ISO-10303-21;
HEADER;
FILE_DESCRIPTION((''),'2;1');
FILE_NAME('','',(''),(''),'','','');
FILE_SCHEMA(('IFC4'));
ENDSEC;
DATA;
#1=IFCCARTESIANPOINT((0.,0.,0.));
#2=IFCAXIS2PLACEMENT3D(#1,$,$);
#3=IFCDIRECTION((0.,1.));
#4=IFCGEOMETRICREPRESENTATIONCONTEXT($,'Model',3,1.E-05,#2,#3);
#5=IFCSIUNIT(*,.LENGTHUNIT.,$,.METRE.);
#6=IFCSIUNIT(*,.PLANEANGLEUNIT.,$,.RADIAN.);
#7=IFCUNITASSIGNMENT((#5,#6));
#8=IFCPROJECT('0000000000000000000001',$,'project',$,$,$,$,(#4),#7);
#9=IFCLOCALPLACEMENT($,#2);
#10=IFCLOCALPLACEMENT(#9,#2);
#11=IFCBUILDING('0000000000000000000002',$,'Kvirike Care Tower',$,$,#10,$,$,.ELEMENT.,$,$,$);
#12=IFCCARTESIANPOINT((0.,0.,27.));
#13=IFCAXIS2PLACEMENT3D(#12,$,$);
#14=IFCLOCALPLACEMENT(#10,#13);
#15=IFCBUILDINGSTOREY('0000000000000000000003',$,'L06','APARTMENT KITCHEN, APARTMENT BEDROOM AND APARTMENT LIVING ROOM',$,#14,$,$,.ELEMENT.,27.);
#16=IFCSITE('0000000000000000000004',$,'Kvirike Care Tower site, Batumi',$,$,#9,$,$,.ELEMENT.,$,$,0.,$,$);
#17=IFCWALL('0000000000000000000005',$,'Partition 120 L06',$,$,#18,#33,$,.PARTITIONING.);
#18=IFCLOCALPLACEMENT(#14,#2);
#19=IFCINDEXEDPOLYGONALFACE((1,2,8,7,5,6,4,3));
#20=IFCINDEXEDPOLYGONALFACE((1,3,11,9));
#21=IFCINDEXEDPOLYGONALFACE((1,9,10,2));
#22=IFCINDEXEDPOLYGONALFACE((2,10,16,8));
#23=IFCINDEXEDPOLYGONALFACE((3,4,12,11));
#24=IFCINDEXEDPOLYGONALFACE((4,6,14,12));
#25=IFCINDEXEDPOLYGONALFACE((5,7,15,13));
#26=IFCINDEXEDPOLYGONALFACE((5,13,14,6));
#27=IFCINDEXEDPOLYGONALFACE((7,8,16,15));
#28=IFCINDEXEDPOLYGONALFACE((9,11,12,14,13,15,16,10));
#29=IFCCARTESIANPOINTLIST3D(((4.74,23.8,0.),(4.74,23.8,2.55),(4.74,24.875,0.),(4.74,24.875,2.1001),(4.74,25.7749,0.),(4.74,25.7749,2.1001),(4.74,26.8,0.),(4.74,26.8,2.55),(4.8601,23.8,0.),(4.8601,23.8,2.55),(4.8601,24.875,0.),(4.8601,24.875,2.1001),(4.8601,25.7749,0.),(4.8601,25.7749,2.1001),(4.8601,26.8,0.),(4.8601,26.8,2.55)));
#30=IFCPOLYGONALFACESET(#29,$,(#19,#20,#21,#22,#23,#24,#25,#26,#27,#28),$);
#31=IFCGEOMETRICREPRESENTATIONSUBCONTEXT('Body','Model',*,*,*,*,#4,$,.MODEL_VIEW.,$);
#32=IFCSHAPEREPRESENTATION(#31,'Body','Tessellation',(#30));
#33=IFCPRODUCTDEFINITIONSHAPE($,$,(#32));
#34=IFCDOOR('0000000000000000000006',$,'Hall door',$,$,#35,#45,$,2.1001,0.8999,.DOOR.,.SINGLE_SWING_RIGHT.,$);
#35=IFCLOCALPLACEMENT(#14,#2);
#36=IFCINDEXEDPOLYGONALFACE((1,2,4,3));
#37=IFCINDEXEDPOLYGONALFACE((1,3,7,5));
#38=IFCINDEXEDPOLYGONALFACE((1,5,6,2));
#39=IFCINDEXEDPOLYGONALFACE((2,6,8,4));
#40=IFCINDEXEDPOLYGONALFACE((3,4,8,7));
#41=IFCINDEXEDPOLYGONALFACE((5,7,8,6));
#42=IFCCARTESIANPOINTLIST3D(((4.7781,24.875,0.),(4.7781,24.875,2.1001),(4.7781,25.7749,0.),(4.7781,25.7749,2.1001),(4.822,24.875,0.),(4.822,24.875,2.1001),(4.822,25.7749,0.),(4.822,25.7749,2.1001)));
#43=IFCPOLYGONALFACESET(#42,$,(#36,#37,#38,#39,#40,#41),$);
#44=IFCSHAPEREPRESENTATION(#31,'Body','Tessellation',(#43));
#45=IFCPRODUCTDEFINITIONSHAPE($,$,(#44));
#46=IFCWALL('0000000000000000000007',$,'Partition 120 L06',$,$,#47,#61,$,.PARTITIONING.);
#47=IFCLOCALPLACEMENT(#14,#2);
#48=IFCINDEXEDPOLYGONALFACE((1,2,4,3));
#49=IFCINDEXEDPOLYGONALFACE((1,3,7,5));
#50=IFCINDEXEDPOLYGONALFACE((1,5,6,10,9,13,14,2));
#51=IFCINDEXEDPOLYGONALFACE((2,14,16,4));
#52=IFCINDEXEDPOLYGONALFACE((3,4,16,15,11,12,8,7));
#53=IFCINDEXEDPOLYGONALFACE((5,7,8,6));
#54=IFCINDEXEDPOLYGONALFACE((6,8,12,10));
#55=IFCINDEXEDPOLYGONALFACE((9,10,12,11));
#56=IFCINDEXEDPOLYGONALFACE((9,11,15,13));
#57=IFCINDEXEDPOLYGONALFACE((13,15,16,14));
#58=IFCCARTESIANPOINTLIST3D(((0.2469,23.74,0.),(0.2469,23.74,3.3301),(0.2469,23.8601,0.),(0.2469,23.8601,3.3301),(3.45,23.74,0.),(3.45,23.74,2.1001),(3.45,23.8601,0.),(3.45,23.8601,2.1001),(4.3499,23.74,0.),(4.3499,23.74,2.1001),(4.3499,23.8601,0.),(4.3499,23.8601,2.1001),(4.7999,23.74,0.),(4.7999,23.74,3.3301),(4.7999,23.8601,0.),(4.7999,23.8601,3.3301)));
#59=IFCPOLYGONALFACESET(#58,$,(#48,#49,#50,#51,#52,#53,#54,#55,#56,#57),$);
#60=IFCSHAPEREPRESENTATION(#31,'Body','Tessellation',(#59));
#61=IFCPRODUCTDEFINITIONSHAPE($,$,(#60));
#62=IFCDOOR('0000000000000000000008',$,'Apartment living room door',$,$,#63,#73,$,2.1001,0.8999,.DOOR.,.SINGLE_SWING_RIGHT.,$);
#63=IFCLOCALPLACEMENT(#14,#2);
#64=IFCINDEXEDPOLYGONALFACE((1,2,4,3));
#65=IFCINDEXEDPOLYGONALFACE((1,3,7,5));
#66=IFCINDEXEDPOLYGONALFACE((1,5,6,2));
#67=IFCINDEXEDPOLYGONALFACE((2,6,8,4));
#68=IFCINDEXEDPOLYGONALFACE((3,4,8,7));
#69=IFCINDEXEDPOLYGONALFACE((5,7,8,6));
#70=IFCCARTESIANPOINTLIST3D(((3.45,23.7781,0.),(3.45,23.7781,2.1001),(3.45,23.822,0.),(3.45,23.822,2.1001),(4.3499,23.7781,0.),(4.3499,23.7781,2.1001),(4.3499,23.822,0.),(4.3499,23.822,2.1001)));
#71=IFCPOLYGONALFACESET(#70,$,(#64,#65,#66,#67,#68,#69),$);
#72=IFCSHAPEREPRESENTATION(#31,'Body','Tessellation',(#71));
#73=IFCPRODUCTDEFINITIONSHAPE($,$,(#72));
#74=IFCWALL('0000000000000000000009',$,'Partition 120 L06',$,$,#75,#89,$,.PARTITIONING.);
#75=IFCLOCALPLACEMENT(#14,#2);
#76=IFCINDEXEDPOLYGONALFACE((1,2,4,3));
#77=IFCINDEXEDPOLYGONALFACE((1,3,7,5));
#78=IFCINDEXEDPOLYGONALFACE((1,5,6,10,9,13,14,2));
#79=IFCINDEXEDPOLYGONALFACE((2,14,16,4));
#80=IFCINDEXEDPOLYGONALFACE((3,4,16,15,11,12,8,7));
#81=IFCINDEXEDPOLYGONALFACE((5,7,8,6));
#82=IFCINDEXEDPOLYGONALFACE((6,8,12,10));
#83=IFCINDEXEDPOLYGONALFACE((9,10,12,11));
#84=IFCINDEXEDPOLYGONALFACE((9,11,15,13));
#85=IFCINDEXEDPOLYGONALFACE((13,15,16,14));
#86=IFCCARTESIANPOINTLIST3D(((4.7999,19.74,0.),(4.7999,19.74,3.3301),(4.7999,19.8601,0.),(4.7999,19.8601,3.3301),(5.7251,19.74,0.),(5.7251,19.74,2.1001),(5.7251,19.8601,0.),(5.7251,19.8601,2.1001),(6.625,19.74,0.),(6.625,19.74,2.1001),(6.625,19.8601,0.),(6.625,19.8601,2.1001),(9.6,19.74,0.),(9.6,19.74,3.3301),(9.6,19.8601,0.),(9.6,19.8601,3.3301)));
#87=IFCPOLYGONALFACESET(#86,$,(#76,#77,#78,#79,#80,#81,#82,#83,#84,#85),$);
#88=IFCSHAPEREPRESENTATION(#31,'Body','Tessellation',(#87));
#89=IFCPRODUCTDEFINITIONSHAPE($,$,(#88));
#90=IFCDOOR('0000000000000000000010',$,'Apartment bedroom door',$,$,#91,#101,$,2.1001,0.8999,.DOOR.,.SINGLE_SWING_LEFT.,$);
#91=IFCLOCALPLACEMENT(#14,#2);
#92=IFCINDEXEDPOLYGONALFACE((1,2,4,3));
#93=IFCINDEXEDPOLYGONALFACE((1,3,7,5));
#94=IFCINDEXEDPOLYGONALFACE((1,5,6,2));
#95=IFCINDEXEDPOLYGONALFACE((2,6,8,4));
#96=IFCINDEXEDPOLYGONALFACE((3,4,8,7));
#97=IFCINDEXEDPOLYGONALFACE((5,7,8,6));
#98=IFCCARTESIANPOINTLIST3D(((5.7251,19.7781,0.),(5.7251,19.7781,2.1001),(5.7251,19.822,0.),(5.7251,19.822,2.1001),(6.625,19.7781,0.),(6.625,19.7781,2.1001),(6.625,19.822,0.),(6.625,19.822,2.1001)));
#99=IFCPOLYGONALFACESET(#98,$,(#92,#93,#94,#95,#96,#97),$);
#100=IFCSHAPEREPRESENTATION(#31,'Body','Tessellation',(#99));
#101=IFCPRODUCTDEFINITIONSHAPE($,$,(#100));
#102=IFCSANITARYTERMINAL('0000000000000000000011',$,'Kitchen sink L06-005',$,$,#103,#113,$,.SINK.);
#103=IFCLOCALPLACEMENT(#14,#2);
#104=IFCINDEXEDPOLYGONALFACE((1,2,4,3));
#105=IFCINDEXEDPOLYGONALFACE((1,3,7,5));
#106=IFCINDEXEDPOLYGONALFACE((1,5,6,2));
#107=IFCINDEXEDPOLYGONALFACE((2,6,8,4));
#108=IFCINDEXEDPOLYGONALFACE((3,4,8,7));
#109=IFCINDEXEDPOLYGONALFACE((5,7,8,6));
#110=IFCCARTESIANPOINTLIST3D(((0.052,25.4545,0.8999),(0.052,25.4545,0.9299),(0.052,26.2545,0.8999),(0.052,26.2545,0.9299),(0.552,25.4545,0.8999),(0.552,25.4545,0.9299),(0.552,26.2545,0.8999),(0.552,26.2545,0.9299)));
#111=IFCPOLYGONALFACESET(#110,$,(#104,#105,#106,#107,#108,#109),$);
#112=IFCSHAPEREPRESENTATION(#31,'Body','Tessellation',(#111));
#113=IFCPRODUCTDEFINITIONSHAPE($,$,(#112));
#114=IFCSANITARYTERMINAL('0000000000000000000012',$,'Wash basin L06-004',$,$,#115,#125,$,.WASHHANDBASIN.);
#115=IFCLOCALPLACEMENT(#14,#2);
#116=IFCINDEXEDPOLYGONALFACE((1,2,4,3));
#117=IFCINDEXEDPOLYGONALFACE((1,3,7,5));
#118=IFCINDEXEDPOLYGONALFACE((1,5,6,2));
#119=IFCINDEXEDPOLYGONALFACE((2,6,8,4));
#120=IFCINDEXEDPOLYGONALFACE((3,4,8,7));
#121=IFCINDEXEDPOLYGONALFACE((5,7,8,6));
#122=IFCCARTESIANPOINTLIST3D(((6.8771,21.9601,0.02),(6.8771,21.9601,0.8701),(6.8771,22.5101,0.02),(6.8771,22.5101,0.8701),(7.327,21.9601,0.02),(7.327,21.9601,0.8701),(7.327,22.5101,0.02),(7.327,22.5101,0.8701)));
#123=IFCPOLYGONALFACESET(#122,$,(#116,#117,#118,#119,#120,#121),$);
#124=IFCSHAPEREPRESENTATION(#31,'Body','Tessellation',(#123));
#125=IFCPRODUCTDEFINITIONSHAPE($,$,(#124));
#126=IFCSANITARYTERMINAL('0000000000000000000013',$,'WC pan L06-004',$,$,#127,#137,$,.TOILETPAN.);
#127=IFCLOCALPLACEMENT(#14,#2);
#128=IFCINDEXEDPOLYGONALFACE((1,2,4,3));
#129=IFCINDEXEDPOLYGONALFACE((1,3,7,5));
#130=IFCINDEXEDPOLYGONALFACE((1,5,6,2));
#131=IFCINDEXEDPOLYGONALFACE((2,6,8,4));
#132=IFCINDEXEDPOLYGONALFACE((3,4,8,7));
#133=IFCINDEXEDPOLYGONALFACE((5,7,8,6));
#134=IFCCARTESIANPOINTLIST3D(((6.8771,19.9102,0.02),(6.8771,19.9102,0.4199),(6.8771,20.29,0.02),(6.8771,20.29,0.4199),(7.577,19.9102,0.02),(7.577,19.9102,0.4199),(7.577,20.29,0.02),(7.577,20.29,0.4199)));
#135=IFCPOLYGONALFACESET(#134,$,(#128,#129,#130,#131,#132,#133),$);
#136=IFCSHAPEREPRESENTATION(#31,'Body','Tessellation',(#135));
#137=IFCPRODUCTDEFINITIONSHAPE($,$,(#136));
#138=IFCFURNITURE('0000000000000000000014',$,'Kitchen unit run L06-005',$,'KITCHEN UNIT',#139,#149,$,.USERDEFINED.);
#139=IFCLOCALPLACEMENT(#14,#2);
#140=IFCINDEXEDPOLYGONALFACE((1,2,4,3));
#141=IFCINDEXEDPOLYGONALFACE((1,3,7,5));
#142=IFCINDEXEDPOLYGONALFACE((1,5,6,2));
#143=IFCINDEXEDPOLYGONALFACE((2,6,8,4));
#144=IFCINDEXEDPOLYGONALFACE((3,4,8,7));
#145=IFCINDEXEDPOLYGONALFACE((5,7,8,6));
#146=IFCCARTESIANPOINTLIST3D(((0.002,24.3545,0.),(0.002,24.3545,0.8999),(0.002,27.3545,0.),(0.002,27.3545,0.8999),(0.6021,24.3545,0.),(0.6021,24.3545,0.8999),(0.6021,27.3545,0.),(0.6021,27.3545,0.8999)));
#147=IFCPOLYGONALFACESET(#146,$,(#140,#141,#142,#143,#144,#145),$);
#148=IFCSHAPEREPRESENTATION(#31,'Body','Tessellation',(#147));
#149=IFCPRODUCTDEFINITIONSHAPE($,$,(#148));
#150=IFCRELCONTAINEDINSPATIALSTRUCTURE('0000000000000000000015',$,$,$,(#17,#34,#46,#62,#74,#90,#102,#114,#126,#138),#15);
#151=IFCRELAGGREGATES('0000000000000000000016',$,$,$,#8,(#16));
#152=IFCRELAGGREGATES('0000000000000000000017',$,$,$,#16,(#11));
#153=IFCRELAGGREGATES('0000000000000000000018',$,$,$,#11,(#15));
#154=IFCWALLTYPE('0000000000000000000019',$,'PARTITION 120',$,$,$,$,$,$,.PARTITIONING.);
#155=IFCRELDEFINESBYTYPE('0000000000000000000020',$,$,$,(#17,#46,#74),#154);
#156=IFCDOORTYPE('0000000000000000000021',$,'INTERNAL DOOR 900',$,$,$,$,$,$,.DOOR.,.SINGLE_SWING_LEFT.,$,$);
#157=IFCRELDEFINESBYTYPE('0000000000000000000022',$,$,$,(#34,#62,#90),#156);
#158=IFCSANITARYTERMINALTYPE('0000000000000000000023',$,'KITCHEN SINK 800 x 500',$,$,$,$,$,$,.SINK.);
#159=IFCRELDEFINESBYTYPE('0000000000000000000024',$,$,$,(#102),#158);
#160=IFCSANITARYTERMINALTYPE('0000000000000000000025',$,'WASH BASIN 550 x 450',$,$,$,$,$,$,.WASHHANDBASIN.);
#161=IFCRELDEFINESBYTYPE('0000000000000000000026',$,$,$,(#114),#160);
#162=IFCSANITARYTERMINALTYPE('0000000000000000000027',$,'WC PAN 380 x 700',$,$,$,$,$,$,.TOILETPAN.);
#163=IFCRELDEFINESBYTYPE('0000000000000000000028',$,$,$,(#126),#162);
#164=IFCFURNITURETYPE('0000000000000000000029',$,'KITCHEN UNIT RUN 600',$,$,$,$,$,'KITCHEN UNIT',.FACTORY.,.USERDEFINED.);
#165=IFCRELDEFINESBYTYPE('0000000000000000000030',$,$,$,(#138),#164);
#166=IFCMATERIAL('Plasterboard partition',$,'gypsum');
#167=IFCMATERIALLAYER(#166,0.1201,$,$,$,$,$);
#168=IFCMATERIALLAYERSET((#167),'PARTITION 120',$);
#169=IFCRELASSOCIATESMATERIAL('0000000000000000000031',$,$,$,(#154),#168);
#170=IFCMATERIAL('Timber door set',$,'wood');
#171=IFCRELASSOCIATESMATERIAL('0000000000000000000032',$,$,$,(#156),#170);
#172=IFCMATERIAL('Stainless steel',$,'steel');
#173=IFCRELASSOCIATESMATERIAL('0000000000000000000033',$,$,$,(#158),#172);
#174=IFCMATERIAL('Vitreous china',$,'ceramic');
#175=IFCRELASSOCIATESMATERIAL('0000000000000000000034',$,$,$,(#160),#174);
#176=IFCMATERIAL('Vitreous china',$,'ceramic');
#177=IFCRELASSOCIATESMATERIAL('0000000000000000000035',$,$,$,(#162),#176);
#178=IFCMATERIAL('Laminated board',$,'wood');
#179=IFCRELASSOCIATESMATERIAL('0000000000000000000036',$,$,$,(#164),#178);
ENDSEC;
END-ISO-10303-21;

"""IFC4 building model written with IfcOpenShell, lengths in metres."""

from ifc_helpers import new_model, si_unit, direction, frame, frame_2d, origin, origin_2d, place, context, subcontext, project, spatial, rectangle, extrude, material, layer, layer_set, type_object, element, fill, save


model = new_model("IFC4")

# Units and contexts
model_context = context("Model", 3, precision=1e-05, world=origin(), true_north=direction((0.0, 1.0)))
body_context = subcontext(model_context, "Body", "Model", "MODEL_VIEW")
ifc_project = project(units=[si_unit("LENGTHUNIT", "METRE"), si_unit("PLANEANGLEUNIT", "RADIAN")], contexts=[model_context])

# Site, building, storey
site_placement = place(None, origin())
site = spatial("IfcSite", under=ifc_project, at=site_placement, Name="Kvirike Care Tower site, Batumi", CompositionType="ELEMENT", RefElevation=0.0)
building_placement = place(site_placement, origin())
building = spatial("IfcBuilding", under=site, at=building_placement, Name="Kvirike Care Tower", CompositionType="ELEMENT")
storey_placement = place(building_placement, frame((0.0, 0.0, 27.0)))
storey = spatial("IfcBuildingStorey", under=building, at=storey_placement, Name="L06", Description="APARTMENT KITCHEN, APARTMENT BEDROOM AND APARTMENT LIVING ROOM", CompositionType="ELEMENT", Elevation=27.0)

# Walls, openings, doors
ifc_material_1 = material(Name="Plasterboard partition", Category="gypsum")
ifc_layer_1 = layer(ifc_material_1, 0.1201)
ifc_layer_set_1 = layer_set([ifc_layer_1], Name="PARTITION 120")
wall_type_1 = type_object("IfcWallType", Name="PARTITION 120", PredefinedType="PARTITIONING", material=ifc_layer_set_1)
wall_1_placement = place(storey_placement, frame((4.8, 23.8, 0.0), z_axis=(0.0, 0.0, 1.0), x_axis=(0.0, 1.0, 0.0)))
wall_1 = element("IfcWall", 1, at=wall_1_placement, inside=storey, type_object=wall_type_1, Name="Partition 120 L06", PredefinedType="PARTITIONING", context=body_context, shape_type="SweptSolid", body=[
    extrude(rectangle(XDim=3.0, YDim=0.1201, at=frame_2d((1.5, 0.0))), origin(), (0.0, 0.0, 1.0), 2.55),
])
opening_1_placement = place(wall_1_placement, frame((1.075, 0.0, 0.0)))
opening_1 = element("IfcOpeningElement", 2, at=opening_1_placement, cuts=wall_1, PredefinedType="OPENING", context=body_context, shape_type="SweptSolid", body=[
    extrude(rectangle(XDim=0.8999, YDim=2.1001, at=frame_2d((0.45, 1.05))), frame((0.0, 0.0706, 0.0), z_axis=(0.0, -1.0, 0.0), x_axis=(1.0, 0.0, 0.0)), (0.0, 0.0, 1.0), 0.1411),
])
ifc_material_2 = material(Name="Timber door set", Category="wood")
door_type_1 = type_object("IfcDoorType", Name="INTERNAL DOOR 900", OperationType="SINGLE_SWING_LEFT", PredefinedType="DOOR", material=ifc_material_2)
door_1_placement = place(opening_1_placement, origin())
door_1 = element("IfcDoor", 3, at=door_1_placement, inside=storey, type_object=door_type_1, Name="Hall door", OperationType="SINGLE_SWING_RIGHT", OverallHeight=2.1001, OverallWidth=0.8999, PredefinedType="DOOR", context=body_context, shape_type="SweptSolid", body=[
    extrude(rectangle(XDim=0.8999, YDim=2.1001, at=frame_2d((0.45, 1.05))), frame((0.0, 0.022, 0.0), z_axis=(0.0, -1.0, 0.0), x_axis=(1.0, 0.0, 0.0)), (0.0, 0.0, 1.0), 0.0439),
])
fill(opening_1, door_1)
wall_2_placement = place(storey_placement, frame((0.2471, 23.8, 0.0), z_axis=(0.0, 0.0, 1.0), x_axis=(1.0, 0.0, 0.0)))
wall_2 = element("IfcWall", 4, at=wall_2_placement, inside=storey, type_object=wall_type_1, Name="Partition 120 L06", PredefinedType="PARTITIONING", context=body_context, shape_type="SweptSolid", body=[
    extrude(rectangle(XDim=4.553, YDim=0.1201, at=frame_2d((2.2764, 0.0))), origin(), (0.0, 0.0, 1.0), 3.3301),
])
opening_2_placement = place(wall_2_placement, frame((3.2029, 0.0, 0.0)))
opening_2 = element("IfcOpeningElement", 5, at=opening_2_placement, cuts=wall_2, PredefinedType="OPENING", context=body_context, shape_type="SweptSolid", body=[
    extrude(rectangle(XDim=0.8999, YDim=2.1001, at=frame_2d((0.45, 1.05))), frame((0.0, 0.0706, 0.0), z_axis=(0.0, -1.0, 0.0), x_axis=(1.0, 0.0, 0.0)), (0.0, 0.0, 1.0), 0.1411),
])
door_2_placement = place(opening_2_placement, frame((0.8999, 0.0, 0.0), z_axis=(0.0, 0.0, 1.0), x_axis=(-1.0, 0.0, 0.0)))
door_2 = element("IfcDoor", 6, at=door_2_placement, inside=storey, type_object=door_type_1, Name="Apartment living room door", OperationType="SINGLE_SWING_RIGHT", OverallHeight=2.1001, OverallWidth=0.8999, PredefinedType="DOOR", context=body_context, shape_type="SweptSolid", body=[
    extrude(rectangle(XDim=0.8999, YDim=2.1001, at=frame_2d((0.45, 1.05))), frame((0.0, 0.022, 0.0), z_axis=(0.0, -1.0, 0.0), x_axis=(1.0, 0.0, 0.0)), (0.0, 0.0, 1.0), 0.0439),
])
fill(opening_2, door_2)
wall_3_placement = place(storey_placement, frame((4.8, 19.8, 0.0), z_axis=(0.0, 0.0, 1.0), x_axis=(1.0, 0.0, 0.0)))
wall_3 = element("IfcWall", 7, at=wall_3_placement, inside=storey, type_object=wall_type_1, Name="Partition 120 L06", PredefinedType="PARTITIONING", context=body_context, shape_type="SweptSolid", body=[
    extrude(rectangle(XDim=4.8, YDim=0.1201, at=frame_2d((2.3999, 0.0))), origin(), (0.0, 0.0, 1.0), 3.3301),
])
opening_3_placement = place(wall_3_placement, frame((0.925, 0.0, 0.0)))
opening_3 = element("IfcOpeningElement", 8, at=opening_3_placement, cuts=wall_3, PredefinedType="OPENING", context=body_context, shape_type="SweptSolid", body=[
    extrude(rectangle(XDim=0.8999, YDim=2.1001, at=frame_2d((0.45, 1.05))), frame((0.0, 0.0706, 0.0), z_axis=(0.0, -1.0, 0.0), x_axis=(1.0, 0.0, 0.0)), (0.0, 0.0, 1.0), 0.1411),
])
door_3_placement = place(opening_3_placement, origin())
door_3 = element("IfcDoor", 9, at=door_3_placement, inside=storey, type_object=door_type_1, Name="Apartment bedroom door", OperationType="SINGLE_SWING_LEFT", OverallHeight=2.1001, OverallWidth=0.8999, PredefinedType="DOOR", context=body_context, shape_type="SweptSolid", body=[
    extrude(rectangle(XDim=0.8999, YDim=2.1001, at=frame_2d((0.45, 1.05))), frame((0.0, 0.022, 0.0), z_axis=(0.0, -1.0, 0.0), x_axis=(1.0, 0.0, 0.0)), (0.0, 0.0, 1.0), 0.0439),
])
fill(opening_3, door_3)

# Sanitary terminals
ifc_material_3 = material(Name="Stainless steel", Category="steel")
sanitary_terminal_type_1 = type_object("IfcSanitaryTerminalType", Name="KITCHEN SINK 800 x 500", PredefinedType="SINK", material=ifc_material_3)
sanitary_terminal_1_placement = place(storey_placement, frame((0.302, 25.8545, 0.8999), z_axis=(0.0, 0.0, 1.0), x_axis=(0.0, 1.0, 0.0)))
element("IfcSanitaryTerminal", 10, at=sanitary_terminal_1_placement, inside=storey, type_object=sanitary_terminal_type_1, Name="Kitchen sink L06-005", PredefinedType="SINK", context=body_context, shape_type="SweptSolid", body=[
    extrude(rectangle(XDim=0.8, YDim=0.5, at=origin_2d()), origin(), (0.0, 0.0, 1.0), 0.03),
])
ifc_material_4 = material(Name="Vitreous china", Category="ceramic")
sanitary_terminal_type_2 = type_object("IfcSanitaryTerminalType", Name="WASH BASIN 550 x 450", PredefinedType="WASHHANDBASIN", material=ifc_material_4)
sanitary_terminal_2_placement = place(storey_placement, frame((7.1021, 22.2351, 0.02), z_axis=(0.0, 0.0, 1.0), x_axis=(0.0, 1.0, 0.0)))
element("IfcSanitaryTerminal", 11, at=sanitary_terminal_2_placement, inside=storey, type_object=sanitary_terminal_type_2, Name="Wash basin L06-004", PredefinedType="WASHHANDBASIN", context=body_context, shape_type="SweptSolid", body=[
    extrude(rectangle(XDim=0.55, YDim=0.45, at=origin_2d()), origin(), (0.0, 0.0, 1.0), 0.8501),
])
ifc_material_5 = material(Name="Vitreous china", Category="ceramic")
sanitary_terminal_type_3 = type_object("IfcSanitaryTerminalType", Name="WC PAN 380 x 700", PredefinedType="TOILETPAN", material=ifc_material_5)
sanitary_terminal_3_placement = place(storey_placement, frame((7.2271, 20.1001, 0.02), z_axis=(0.0, 0.0, 1.0), x_axis=(0.0, 1.0, 0.0)))
element("IfcSanitaryTerminal", 12, at=sanitary_terminal_3_placement, inside=storey, type_object=sanitary_terminal_type_3, Name="WC pan L06-004", PredefinedType="TOILETPAN", context=body_context, shape_type="SweptSolid", body=[
    extrude(rectangle(XDim=0.3799, YDim=0.7, at=origin_2d()), origin(), (0.0, 0.0, 1.0), 0.3999),
])

# Furniture
ifc_material_6 = material(Name="Laminated board", Category="wood")
furniture_type = type_object("IfcFurnitureType", Name="KITCHEN UNIT RUN 600", ElementType="KITCHEN UNIT", AssemblyPlace="FACTORY", PredefinedType="USERDEFINED", material=ifc_material_6)
furniture_placement = place(storey_placement, frame((0.302, 25.8545, 0.0), z_axis=(0.0, 0.0, 1.0), x_axis=(0.0, 1.0, 0.0)))
element("IfcFurniture", 13, at=furniture_placement, inside=storey, type_object=furniture_type, Name="Kitchen unit run L06-005", ObjectType="KITCHEN UNIT", PredefinedType="USERDEFINED", context=body_context, shape_type="SweptSolid", body=[
    extrude(rectangle(XDim=3.0, YDim=0.6001, at=origin_2d()), origin(), (0.0, 0.0, 1.0), 0.8999),
])

save(model, "model.ifc")
